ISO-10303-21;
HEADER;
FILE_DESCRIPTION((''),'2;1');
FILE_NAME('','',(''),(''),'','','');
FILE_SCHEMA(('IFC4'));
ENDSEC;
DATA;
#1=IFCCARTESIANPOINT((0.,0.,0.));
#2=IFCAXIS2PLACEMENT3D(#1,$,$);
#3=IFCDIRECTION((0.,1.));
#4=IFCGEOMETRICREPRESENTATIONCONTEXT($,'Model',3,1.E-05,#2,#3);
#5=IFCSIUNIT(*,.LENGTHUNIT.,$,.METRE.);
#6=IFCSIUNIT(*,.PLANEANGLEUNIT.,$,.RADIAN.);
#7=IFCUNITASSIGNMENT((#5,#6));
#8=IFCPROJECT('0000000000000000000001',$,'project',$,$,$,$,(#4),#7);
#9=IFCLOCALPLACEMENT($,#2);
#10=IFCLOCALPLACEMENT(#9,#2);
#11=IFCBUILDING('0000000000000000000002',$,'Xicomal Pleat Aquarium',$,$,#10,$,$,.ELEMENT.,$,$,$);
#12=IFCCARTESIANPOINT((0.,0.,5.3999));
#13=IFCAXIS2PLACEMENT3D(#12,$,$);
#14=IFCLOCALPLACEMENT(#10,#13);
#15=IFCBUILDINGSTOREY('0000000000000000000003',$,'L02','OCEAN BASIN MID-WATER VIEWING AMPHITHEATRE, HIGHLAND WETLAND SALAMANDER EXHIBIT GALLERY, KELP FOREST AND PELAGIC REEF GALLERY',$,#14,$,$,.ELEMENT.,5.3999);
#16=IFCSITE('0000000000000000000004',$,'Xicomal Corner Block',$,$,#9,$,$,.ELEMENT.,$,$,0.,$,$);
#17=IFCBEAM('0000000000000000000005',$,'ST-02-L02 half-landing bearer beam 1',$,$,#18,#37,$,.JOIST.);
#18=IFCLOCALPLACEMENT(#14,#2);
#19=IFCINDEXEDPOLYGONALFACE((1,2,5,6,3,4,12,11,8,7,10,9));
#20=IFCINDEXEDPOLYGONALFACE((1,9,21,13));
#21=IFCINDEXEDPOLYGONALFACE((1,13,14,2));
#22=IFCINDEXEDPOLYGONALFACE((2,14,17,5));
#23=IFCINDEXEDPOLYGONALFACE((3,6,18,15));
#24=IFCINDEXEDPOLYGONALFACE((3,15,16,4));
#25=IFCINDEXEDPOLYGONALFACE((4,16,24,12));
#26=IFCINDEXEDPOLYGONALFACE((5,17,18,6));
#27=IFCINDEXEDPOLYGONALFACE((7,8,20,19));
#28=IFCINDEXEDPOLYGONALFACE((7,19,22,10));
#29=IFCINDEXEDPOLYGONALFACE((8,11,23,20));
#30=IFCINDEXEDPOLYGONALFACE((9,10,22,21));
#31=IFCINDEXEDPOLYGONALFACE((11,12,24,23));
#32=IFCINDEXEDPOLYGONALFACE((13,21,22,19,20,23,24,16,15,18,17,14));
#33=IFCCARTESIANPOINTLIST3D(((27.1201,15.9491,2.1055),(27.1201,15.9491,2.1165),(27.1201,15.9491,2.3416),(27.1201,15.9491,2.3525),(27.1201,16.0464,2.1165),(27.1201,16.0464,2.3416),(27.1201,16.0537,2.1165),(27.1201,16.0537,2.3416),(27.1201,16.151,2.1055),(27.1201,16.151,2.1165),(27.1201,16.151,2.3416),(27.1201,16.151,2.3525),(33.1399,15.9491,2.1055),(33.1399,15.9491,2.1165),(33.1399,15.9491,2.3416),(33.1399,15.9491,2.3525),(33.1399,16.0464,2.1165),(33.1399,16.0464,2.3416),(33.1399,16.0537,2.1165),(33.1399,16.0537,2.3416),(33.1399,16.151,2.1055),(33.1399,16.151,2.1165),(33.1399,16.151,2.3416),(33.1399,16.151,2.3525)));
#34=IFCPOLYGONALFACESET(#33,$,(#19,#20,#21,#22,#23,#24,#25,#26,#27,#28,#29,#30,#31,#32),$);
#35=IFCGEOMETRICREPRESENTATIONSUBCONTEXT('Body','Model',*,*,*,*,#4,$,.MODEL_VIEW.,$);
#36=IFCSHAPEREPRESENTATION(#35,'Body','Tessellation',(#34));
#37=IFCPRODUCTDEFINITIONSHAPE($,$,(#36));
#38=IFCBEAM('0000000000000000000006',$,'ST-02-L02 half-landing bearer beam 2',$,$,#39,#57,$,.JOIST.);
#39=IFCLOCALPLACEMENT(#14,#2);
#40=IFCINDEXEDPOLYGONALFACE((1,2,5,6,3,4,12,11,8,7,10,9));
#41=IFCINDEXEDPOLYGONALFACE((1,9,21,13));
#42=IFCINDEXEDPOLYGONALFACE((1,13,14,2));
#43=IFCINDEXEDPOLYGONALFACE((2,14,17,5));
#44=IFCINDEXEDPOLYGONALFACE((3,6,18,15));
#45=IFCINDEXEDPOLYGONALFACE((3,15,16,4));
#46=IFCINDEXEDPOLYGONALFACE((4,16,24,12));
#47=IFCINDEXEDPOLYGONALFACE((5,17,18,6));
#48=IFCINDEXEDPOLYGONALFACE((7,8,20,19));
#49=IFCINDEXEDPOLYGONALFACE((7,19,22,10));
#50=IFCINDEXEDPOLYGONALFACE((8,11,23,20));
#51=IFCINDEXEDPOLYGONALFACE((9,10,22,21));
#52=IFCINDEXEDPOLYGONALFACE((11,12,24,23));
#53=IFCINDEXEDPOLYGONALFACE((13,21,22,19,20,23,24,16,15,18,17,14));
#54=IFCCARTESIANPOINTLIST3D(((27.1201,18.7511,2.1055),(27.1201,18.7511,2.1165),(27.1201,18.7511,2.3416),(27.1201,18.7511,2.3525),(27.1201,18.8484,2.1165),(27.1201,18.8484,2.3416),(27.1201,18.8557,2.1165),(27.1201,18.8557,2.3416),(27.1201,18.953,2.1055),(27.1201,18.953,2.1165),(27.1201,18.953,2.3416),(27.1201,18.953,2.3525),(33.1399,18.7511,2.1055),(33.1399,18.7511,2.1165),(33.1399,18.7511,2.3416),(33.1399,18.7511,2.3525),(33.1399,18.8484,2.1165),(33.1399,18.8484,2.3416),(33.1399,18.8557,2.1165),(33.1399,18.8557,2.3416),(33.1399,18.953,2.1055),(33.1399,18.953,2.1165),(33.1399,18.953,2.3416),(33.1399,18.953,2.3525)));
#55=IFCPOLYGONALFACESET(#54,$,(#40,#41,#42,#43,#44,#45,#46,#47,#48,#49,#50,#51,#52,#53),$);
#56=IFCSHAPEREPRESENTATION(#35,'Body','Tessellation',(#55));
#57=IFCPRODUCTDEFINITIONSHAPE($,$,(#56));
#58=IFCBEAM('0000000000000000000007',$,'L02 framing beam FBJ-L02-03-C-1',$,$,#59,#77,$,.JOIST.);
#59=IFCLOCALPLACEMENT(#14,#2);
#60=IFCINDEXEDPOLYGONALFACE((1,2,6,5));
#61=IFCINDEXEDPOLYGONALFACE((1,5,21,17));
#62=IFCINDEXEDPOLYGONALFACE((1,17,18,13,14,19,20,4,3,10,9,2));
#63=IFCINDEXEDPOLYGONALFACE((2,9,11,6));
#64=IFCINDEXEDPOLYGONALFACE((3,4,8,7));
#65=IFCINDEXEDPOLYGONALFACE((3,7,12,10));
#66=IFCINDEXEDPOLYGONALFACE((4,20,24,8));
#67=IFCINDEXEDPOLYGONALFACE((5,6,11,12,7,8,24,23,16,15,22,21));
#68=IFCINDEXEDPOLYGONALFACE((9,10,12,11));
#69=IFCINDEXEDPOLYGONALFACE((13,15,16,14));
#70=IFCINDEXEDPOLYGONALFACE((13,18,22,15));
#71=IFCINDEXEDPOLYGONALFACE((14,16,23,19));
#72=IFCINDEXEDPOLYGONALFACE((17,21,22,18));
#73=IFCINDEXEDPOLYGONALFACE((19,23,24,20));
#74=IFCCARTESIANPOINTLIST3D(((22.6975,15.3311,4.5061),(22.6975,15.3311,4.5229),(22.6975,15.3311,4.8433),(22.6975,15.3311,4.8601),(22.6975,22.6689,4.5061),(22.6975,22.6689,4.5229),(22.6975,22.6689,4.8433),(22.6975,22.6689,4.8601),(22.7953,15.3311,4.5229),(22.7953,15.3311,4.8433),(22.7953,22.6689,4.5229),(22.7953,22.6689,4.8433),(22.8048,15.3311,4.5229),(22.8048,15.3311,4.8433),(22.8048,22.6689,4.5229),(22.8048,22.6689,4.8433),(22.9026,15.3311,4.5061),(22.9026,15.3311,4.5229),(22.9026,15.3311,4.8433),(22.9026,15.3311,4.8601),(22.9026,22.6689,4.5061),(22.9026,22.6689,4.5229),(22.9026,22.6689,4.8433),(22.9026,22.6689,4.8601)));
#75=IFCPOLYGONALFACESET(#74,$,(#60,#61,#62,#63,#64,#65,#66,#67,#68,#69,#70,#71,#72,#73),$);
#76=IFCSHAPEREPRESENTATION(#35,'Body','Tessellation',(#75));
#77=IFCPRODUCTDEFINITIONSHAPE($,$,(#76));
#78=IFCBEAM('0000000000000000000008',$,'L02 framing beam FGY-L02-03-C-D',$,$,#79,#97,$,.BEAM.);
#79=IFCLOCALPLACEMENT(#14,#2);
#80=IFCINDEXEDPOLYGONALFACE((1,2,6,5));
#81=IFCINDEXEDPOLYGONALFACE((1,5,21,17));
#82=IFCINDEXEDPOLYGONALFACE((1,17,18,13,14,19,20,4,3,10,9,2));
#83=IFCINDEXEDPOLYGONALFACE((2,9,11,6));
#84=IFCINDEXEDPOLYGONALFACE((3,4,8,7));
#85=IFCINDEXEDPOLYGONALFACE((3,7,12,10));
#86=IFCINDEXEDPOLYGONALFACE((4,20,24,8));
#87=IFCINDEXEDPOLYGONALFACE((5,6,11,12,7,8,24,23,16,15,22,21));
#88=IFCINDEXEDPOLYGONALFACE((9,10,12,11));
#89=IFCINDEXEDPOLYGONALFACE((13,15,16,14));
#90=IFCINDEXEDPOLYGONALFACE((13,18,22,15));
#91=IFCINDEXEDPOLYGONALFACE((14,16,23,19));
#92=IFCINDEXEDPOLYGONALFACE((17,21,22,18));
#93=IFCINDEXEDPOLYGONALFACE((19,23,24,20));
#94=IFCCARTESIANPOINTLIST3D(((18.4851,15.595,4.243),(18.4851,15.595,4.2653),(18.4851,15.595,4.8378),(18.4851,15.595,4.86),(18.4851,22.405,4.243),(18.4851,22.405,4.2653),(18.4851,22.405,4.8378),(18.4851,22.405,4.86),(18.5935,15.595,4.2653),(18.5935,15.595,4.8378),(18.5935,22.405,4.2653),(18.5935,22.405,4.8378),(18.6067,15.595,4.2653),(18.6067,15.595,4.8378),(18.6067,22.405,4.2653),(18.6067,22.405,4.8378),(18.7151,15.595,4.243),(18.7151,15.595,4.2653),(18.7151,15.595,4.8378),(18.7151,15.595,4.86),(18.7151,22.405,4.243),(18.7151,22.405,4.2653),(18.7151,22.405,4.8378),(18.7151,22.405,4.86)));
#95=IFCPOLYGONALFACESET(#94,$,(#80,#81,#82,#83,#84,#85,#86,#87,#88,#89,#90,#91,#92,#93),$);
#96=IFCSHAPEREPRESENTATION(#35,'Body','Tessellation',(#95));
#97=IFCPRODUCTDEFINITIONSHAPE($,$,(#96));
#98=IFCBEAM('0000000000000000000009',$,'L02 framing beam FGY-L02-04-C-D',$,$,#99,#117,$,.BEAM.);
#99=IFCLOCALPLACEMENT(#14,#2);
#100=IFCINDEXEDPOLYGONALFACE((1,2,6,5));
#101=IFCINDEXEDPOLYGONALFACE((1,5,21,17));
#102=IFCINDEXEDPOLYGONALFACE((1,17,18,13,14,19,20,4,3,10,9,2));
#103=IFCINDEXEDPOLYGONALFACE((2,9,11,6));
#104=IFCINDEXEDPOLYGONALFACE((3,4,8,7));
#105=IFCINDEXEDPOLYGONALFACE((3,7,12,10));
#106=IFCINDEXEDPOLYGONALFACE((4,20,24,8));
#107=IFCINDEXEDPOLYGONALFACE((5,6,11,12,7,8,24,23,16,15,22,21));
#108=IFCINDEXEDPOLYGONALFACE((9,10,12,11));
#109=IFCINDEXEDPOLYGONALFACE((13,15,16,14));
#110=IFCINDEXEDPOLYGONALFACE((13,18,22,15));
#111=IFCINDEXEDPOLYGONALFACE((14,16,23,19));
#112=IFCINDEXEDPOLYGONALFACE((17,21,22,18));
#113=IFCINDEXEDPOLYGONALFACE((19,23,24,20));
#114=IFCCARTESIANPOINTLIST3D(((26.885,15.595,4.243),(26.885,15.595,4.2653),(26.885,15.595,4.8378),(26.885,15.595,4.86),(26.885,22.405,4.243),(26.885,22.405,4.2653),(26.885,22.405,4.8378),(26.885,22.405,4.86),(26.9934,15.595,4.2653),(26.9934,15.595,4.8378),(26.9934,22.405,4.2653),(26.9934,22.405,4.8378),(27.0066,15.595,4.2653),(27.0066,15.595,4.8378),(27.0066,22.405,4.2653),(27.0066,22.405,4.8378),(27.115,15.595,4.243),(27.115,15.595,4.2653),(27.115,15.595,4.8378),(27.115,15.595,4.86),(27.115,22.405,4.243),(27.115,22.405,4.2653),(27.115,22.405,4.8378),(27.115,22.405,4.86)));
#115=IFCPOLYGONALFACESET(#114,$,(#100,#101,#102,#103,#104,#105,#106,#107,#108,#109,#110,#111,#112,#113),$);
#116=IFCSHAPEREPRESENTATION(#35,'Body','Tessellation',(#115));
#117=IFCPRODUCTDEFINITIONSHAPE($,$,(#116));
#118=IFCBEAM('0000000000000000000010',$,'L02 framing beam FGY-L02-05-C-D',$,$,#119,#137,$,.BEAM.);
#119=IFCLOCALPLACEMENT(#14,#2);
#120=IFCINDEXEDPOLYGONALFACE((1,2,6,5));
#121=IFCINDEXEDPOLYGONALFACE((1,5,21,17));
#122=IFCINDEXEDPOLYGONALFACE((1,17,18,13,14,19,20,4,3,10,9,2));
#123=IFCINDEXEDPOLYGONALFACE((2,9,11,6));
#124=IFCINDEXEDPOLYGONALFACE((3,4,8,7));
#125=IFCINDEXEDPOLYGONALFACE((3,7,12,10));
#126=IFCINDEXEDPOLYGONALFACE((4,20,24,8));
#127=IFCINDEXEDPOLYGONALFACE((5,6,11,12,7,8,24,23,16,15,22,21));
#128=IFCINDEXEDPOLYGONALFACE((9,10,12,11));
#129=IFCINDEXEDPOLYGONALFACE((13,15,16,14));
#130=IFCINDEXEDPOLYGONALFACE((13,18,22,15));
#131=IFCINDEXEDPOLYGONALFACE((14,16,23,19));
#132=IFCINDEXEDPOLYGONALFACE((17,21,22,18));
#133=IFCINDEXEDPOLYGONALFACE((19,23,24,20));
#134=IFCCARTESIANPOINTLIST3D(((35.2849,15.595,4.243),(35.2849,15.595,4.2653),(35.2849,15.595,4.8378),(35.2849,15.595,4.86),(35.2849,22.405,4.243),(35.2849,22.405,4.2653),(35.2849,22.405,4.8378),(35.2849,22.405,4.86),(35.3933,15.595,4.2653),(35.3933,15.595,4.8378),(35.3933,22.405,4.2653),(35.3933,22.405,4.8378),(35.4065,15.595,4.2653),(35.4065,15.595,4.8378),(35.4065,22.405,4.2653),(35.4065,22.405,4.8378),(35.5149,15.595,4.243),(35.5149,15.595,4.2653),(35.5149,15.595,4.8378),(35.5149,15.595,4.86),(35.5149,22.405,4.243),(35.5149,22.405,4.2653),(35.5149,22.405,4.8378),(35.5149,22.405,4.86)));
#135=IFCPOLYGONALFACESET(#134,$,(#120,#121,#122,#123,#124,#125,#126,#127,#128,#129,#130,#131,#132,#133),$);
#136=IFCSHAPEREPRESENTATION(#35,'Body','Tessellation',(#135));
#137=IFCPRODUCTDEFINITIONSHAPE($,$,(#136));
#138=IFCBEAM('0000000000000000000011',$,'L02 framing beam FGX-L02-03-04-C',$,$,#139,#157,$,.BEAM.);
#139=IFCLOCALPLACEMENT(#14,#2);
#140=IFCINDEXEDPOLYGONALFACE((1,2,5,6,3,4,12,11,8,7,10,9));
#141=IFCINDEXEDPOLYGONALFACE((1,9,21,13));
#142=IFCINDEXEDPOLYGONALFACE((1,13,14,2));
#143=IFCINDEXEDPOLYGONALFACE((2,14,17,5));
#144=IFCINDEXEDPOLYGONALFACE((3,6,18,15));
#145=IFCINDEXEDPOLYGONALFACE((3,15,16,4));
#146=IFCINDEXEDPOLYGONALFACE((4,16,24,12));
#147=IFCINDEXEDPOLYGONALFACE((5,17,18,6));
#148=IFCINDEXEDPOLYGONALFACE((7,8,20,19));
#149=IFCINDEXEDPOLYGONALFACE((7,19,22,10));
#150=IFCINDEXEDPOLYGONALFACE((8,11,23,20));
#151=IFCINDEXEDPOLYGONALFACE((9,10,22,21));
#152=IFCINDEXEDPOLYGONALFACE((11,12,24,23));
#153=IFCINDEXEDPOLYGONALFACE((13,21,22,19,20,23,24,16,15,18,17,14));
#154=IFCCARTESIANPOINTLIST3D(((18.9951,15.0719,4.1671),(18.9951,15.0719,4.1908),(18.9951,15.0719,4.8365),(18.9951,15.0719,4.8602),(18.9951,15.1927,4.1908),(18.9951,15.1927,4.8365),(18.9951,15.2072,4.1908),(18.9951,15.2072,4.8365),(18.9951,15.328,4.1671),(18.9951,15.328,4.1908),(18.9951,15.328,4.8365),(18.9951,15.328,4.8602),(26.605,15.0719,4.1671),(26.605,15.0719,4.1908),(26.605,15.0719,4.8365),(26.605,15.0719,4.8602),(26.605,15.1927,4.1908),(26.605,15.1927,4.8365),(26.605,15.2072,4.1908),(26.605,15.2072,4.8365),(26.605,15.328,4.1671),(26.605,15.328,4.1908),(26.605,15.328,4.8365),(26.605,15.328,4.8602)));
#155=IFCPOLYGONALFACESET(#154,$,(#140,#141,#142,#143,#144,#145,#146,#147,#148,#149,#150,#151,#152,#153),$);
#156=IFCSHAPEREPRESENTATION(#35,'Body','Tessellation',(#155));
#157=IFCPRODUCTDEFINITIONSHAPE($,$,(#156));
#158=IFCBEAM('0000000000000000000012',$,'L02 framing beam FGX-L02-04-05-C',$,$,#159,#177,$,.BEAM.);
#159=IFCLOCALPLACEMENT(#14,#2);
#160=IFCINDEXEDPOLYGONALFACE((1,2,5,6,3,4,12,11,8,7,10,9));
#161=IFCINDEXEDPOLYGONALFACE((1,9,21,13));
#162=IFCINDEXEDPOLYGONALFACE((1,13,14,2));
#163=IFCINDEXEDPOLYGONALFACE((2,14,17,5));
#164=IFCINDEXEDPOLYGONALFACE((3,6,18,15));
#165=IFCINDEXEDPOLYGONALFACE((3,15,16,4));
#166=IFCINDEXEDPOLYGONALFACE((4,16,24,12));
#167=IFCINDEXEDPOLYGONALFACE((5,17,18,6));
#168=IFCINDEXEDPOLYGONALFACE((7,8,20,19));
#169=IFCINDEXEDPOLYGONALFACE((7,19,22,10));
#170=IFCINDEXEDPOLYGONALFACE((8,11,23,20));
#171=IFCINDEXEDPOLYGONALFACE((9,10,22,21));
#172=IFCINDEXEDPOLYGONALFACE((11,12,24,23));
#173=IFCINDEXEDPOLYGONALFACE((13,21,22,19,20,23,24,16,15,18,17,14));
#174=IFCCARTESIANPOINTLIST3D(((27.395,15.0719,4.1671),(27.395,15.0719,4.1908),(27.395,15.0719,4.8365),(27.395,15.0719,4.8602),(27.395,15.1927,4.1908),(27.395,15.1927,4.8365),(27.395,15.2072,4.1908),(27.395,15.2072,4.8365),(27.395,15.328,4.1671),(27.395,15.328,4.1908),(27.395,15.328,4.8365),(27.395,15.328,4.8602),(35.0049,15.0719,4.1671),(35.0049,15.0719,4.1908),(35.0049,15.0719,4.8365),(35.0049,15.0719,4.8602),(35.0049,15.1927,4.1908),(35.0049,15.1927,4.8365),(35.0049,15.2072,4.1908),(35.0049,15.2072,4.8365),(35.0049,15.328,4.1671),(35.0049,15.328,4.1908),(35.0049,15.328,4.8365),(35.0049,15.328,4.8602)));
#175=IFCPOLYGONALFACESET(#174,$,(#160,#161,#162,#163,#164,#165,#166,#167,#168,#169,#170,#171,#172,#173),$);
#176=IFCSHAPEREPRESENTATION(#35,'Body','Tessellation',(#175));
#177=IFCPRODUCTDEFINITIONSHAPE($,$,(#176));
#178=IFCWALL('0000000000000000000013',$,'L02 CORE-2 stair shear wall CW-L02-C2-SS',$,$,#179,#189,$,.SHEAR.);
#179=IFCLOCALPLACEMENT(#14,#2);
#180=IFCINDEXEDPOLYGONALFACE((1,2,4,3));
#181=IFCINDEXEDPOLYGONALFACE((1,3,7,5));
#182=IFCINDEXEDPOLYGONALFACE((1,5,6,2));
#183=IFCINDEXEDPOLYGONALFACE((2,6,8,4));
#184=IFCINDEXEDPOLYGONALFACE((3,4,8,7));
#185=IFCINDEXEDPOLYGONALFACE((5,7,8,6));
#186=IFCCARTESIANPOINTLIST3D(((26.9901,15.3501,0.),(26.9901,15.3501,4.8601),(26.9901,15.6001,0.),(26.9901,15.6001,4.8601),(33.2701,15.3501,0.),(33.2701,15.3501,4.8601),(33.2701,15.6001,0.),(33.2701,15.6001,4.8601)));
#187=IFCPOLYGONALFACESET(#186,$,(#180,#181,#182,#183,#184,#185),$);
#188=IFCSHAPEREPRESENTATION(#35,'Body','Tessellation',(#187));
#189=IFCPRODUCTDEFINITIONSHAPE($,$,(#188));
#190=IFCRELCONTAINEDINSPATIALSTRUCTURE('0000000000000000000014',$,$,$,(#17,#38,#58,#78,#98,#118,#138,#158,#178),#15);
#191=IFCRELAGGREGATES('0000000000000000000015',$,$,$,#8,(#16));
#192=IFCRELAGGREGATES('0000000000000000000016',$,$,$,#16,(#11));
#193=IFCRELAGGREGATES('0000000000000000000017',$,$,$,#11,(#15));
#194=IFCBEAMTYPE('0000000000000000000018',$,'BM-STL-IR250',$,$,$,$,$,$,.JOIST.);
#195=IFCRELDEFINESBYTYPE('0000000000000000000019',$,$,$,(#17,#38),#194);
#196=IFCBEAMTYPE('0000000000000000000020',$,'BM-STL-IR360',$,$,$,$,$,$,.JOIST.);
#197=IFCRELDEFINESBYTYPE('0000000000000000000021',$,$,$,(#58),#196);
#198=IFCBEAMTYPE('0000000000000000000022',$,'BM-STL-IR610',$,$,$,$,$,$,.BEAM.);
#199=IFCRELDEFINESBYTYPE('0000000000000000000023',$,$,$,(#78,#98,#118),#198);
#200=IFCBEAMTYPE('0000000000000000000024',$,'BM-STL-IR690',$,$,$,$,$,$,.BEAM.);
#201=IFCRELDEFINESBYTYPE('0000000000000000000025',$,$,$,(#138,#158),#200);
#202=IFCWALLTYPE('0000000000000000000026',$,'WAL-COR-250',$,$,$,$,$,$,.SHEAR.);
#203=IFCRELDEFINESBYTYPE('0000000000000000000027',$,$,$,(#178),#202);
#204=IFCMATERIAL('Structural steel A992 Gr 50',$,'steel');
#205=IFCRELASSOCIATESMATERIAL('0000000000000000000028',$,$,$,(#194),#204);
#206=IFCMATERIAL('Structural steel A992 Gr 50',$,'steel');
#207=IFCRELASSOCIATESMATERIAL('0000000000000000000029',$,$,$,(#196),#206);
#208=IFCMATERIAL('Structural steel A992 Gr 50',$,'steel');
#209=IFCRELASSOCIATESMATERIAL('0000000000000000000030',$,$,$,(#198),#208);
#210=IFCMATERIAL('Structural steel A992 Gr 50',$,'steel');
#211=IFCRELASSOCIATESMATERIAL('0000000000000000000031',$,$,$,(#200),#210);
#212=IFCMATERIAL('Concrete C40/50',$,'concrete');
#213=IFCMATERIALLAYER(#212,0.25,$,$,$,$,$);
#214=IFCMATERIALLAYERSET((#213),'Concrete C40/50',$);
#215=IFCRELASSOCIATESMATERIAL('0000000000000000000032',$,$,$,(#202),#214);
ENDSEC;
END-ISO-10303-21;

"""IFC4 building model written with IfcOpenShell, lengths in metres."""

from ifc_helpers import new_model, si_unit, direction, frame, frame_2d, origin, origin_2d, place, context, subcontext, project, spatial, rectangle, i_section, extrude, material, layer, layer_set, material_profile, profile_set, type_object, element, save


model = new_model("IFC4")

# Units and contexts
model_context = context("Model", 3, precision=1e-05, world=origin(), true_north=direction((0.0, 1.0)))
body_context = subcontext(model_context, "Body", "Model", "MODEL_VIEW")
ifc_project = project(units=[si_unit("LENGTHUNIT", "METRE"), si_unit("PLANEANGLEUNIT", "RADIAN")], contexts=[model_context])

# Site, building, storey
site_placement = place(None, origin())
site = spatial("IfcSite", under=ifc_project, at=site_placement, Name="Xicomal Corner Block", CompositionType="ELEMENT", RefElevation=0.0)
building_placement = place(site_placement, origin())
building = spatial("IfcBuilding", under=site, at=building_placement, Name="Xicomal Pleat Aquarium", CompositionType="ELEMENT")
storey_placement = place(building_placement, frame((0.0, 0.0, 5.3999)))
storey = spatial("IfcBuildingStorey", under=building, at=storey_placement, Name="L02", Description="OCEAN BASIN MID-WATER VIEWING AMPHITHEATRE, HIGHLAND WETLAND SALAMANDER EXHIBIT GALLERY, KELP FOREST AND PELAGIC REEF GALLERY", CompositionType="ELEMENT", Elevation=5.3999)

# Beams
ifc_material_1 = material(Name="Structural steel A992 Gr 50", Category="steel")
ifc_material_profile_1 = material_profile(ifc_material_1, i_section(OverallWidth=0.2019, OverallDepth=0.2471, WebThickness=0.0073, FlangeThickness=0.011, at=origin_2d()), Name="IR 250x49")
ifc_profile_set_1 = profile_set([ifc_material_profile_1], Name="Structural steel A992 Gr 50")
beam_type_1 = type_object("IfcBeamType", Name="BM-STL-IR250", PredefinedType="JOIST", material=ifc_profile_set_1)
for number, where, z_axis, x_axis, name in (
    (1, (27.1201, 16.05, 2.229), (1.0, 0.0, 0.0), (0.0, 1.0, 0.0), "ST-02-L02 half-landing bearer beam 1"),
    (2, (27.1201, 18.8521, 2.229), (1.0, 0.0, 0.0), (0.0, 1.0, 0.0), "ST-02-L02 half-landing bearer beam 2"),
):
    element("IfcBeam", number, at=place(storey_placement, frame(where, z_axis=z_axis, x_axis=x_axis)), inside=storey, type_object=beam_type_1, Name=name, PredefinedType="JOIST", context=body_context, shape_type="SweptSolid", body=[
        extrude(i_section(OverallWidth=0.2019, OverallDepth=0.2471, WebThickness=0.0073, FlangeThickness=0.011, at=origin_2d()), origin(), (0.0, 0.0, 1.0), 6.0198),
    ])
ifc_material_2 = material(Name="Structural steel A992 Gr 50", Category="steel")
ifc_material_profile_2 = material_profile(ifc_material_2, i_section(OverallWidth=0.2051, OverallDepth=0.354, WebThickness=0.0095, FlangeThickness=0.0168, at=origin_2d()), Name="IR 360x79")
ifc_profile_set_2 = profile_set([ifc_material_profile_2], Name="Structural steel A992 Gr 50")
beam_type_2 = type_object("IfcBeamType", Name="BM-STL-IR360", PredefinedType="JOIST", material=ifc_profile_set_2)
beam_placement = place(storey_placement, frame((22.8, 15.3311, 4.6831), z_axis=(0.0, 1.0, 0.0), x_axis=(-1.0, 0.0, 0.0)))
element("IfcBeam", 3, at=beam_placement, inside=storey, type_object=beam_type_2, Name="L02 framing beam FBJ-L02-03-C-1", PredefinedType="JOIST", context=body_context, shape_type="SweptSolid", body=[
    extrude(i_section(OverallWidth=0.2051, OverallDepth=0.354, WebThickness=0.0095, FlangeThickness=0.0168, at=origin_2d()), origin(), (0.0, 0.0, 1.0), 7.3379),
])
ifc_material_3 = material(Name="Structural steel A992 Gr 50", Category="steel")
ifc_material_profile_3 = material_profile(ifc_material_3, i_section(OverallWidth=0.23, OverallDepth=0.6169, WebThickness=0.0132, FlangeThickness=0.0222, at=origin_2d()), Name="IR 610x140")
ifc_profile_set_3 = profile_set([ifc_material_profile_3], Name="Structural steel A992 Gr 50")
beam_type_3 = type_object("IfcBeamType", Name="BM-STL-IR610", PredefinedType="BEAM", material=ifc_profile_set_3)
for number, where, z_axis, x_axis, name in (
    (4, (18.6001, 15.595, 4.5515), (0.0, 1.0, 0.0), (-1.0, 0.0, 0.0), "L02 framing beam FGY-L02-03-C-D"),
    (5, (27.0, 15.595, 4.5515), (0.0, 1.0, 0.0), (-1.0, 0.0, 0.0), "L02 framing beam FGY-L02-04-C-D"),
    (6, (35.3999, 15.595, 4.5515), (0.0, 1.0, 0.0), (-1.0, 0.0, 0.0), "L02 framing beam FGY-L02-05-C-D"),
):
    element("IfcBeam", number, at=place(storey_placement, frame(where, z_axis=z_axis, x_axis=x_axis)), inside=storey, type_object=beam_type_3, Name=name, PredefinedType="BEAM", context=body_context, shape_type="SweptSolid", body=[
        extrude(i_section(OverallWidth=0.23, OverallDepth=0.6169, WebThickness=0.0132, FlangeThickness=0.0222, at=origin_2d()), origin(), (0.0, 0.0, 1.0), 6.8101),
    ])
ifc_material_4 = material(Name="Structural steel A992 Gr 50", Category="steel")
ifc_material_profile_4 = material_profile(ifc_material_4, i_section(OverallWidth=0.2561, OverallDepth=0.6931, WebThickness=0.0144, FlangeThickness=0.0237, at=origin_2d()), Name="IR 690x170")
ifc_profile_set_4 = profile_set([ifc_material_profile_4], Name="Structural steel A992 Gr 50")
beam_type_4 = type_object("IfcBeamType", Name="BM-STL-IR690", PredefinedType="BEAM", material=ifc_profile_set_4)
for number, where, z_axis, x_axis, name in (
    (7, (18.9951, 15.2, 4.5137), (1.0, 0.0, 0.0), (0.0, 1.0, 0.0), "L02 framing beam FGX-L02-03-04-C"),
    (8, (27.395, 15.2, 4.5137), (1.0, 0.0, 0.0), (0.0, 1.0, 0.0), "L02 framing beam FGX-L02-04-05-C"),
):
    element("IfcBeam", number, at=place(storey_placement, frame(where, z_axis=z_axis, x_axis=x_axis)), inside=storey, type_object=beam_type_4, Name=name, PredefinedType="BEAM", context=body_context, shape_type="SweptSolid", body=[
        extrude(i_section(OverallWidth=0.2561, OverallDepth=0.6931, WebThickness=0.0144, FlangeThickness=0.0237, at=origin_2d()), origin(), (0.0, 0.0, 1.0), 7.6099),
    ])

# Wall
ifc_material_5 = material(Name="Concrete C40/50", Category="concrete")
ifc_layer_1 = layer(ifc_material_5, 0.25)
ifc_layer_set_1 = layer_set([ifc_layer_1], Name="Concrete C40/50")
wall_type_1 = type_object("IfcWallType", Name="WAL-COR-250", PredefinedType="SHEAR", material=ifc_layer_set_1)
wall_1_placement = place(storey_placement, frame((26.99, 15.4751, 0.0), z_axis=(0.0, 0.0, 1.0), x_axis=(1.0, 0.0, 0.0)))
element("IfcWall", 9, at=wall_1_placement, inside=storey, type_object=wall_type_1, Name="L02 CORE-2 stair shear wall CW-L02-C2-SS", PredefinedType="SHEAR", context=body_context, shape_type="SweptSolid", body=[
    extrude(rectangle(XDim=6.28, YDim=0.25, at=frame_2d((3.1401, 0.0))), origin(), (0.0, 0.0, 1.0), 4.8601),
])

save(model, "model.ifc")
